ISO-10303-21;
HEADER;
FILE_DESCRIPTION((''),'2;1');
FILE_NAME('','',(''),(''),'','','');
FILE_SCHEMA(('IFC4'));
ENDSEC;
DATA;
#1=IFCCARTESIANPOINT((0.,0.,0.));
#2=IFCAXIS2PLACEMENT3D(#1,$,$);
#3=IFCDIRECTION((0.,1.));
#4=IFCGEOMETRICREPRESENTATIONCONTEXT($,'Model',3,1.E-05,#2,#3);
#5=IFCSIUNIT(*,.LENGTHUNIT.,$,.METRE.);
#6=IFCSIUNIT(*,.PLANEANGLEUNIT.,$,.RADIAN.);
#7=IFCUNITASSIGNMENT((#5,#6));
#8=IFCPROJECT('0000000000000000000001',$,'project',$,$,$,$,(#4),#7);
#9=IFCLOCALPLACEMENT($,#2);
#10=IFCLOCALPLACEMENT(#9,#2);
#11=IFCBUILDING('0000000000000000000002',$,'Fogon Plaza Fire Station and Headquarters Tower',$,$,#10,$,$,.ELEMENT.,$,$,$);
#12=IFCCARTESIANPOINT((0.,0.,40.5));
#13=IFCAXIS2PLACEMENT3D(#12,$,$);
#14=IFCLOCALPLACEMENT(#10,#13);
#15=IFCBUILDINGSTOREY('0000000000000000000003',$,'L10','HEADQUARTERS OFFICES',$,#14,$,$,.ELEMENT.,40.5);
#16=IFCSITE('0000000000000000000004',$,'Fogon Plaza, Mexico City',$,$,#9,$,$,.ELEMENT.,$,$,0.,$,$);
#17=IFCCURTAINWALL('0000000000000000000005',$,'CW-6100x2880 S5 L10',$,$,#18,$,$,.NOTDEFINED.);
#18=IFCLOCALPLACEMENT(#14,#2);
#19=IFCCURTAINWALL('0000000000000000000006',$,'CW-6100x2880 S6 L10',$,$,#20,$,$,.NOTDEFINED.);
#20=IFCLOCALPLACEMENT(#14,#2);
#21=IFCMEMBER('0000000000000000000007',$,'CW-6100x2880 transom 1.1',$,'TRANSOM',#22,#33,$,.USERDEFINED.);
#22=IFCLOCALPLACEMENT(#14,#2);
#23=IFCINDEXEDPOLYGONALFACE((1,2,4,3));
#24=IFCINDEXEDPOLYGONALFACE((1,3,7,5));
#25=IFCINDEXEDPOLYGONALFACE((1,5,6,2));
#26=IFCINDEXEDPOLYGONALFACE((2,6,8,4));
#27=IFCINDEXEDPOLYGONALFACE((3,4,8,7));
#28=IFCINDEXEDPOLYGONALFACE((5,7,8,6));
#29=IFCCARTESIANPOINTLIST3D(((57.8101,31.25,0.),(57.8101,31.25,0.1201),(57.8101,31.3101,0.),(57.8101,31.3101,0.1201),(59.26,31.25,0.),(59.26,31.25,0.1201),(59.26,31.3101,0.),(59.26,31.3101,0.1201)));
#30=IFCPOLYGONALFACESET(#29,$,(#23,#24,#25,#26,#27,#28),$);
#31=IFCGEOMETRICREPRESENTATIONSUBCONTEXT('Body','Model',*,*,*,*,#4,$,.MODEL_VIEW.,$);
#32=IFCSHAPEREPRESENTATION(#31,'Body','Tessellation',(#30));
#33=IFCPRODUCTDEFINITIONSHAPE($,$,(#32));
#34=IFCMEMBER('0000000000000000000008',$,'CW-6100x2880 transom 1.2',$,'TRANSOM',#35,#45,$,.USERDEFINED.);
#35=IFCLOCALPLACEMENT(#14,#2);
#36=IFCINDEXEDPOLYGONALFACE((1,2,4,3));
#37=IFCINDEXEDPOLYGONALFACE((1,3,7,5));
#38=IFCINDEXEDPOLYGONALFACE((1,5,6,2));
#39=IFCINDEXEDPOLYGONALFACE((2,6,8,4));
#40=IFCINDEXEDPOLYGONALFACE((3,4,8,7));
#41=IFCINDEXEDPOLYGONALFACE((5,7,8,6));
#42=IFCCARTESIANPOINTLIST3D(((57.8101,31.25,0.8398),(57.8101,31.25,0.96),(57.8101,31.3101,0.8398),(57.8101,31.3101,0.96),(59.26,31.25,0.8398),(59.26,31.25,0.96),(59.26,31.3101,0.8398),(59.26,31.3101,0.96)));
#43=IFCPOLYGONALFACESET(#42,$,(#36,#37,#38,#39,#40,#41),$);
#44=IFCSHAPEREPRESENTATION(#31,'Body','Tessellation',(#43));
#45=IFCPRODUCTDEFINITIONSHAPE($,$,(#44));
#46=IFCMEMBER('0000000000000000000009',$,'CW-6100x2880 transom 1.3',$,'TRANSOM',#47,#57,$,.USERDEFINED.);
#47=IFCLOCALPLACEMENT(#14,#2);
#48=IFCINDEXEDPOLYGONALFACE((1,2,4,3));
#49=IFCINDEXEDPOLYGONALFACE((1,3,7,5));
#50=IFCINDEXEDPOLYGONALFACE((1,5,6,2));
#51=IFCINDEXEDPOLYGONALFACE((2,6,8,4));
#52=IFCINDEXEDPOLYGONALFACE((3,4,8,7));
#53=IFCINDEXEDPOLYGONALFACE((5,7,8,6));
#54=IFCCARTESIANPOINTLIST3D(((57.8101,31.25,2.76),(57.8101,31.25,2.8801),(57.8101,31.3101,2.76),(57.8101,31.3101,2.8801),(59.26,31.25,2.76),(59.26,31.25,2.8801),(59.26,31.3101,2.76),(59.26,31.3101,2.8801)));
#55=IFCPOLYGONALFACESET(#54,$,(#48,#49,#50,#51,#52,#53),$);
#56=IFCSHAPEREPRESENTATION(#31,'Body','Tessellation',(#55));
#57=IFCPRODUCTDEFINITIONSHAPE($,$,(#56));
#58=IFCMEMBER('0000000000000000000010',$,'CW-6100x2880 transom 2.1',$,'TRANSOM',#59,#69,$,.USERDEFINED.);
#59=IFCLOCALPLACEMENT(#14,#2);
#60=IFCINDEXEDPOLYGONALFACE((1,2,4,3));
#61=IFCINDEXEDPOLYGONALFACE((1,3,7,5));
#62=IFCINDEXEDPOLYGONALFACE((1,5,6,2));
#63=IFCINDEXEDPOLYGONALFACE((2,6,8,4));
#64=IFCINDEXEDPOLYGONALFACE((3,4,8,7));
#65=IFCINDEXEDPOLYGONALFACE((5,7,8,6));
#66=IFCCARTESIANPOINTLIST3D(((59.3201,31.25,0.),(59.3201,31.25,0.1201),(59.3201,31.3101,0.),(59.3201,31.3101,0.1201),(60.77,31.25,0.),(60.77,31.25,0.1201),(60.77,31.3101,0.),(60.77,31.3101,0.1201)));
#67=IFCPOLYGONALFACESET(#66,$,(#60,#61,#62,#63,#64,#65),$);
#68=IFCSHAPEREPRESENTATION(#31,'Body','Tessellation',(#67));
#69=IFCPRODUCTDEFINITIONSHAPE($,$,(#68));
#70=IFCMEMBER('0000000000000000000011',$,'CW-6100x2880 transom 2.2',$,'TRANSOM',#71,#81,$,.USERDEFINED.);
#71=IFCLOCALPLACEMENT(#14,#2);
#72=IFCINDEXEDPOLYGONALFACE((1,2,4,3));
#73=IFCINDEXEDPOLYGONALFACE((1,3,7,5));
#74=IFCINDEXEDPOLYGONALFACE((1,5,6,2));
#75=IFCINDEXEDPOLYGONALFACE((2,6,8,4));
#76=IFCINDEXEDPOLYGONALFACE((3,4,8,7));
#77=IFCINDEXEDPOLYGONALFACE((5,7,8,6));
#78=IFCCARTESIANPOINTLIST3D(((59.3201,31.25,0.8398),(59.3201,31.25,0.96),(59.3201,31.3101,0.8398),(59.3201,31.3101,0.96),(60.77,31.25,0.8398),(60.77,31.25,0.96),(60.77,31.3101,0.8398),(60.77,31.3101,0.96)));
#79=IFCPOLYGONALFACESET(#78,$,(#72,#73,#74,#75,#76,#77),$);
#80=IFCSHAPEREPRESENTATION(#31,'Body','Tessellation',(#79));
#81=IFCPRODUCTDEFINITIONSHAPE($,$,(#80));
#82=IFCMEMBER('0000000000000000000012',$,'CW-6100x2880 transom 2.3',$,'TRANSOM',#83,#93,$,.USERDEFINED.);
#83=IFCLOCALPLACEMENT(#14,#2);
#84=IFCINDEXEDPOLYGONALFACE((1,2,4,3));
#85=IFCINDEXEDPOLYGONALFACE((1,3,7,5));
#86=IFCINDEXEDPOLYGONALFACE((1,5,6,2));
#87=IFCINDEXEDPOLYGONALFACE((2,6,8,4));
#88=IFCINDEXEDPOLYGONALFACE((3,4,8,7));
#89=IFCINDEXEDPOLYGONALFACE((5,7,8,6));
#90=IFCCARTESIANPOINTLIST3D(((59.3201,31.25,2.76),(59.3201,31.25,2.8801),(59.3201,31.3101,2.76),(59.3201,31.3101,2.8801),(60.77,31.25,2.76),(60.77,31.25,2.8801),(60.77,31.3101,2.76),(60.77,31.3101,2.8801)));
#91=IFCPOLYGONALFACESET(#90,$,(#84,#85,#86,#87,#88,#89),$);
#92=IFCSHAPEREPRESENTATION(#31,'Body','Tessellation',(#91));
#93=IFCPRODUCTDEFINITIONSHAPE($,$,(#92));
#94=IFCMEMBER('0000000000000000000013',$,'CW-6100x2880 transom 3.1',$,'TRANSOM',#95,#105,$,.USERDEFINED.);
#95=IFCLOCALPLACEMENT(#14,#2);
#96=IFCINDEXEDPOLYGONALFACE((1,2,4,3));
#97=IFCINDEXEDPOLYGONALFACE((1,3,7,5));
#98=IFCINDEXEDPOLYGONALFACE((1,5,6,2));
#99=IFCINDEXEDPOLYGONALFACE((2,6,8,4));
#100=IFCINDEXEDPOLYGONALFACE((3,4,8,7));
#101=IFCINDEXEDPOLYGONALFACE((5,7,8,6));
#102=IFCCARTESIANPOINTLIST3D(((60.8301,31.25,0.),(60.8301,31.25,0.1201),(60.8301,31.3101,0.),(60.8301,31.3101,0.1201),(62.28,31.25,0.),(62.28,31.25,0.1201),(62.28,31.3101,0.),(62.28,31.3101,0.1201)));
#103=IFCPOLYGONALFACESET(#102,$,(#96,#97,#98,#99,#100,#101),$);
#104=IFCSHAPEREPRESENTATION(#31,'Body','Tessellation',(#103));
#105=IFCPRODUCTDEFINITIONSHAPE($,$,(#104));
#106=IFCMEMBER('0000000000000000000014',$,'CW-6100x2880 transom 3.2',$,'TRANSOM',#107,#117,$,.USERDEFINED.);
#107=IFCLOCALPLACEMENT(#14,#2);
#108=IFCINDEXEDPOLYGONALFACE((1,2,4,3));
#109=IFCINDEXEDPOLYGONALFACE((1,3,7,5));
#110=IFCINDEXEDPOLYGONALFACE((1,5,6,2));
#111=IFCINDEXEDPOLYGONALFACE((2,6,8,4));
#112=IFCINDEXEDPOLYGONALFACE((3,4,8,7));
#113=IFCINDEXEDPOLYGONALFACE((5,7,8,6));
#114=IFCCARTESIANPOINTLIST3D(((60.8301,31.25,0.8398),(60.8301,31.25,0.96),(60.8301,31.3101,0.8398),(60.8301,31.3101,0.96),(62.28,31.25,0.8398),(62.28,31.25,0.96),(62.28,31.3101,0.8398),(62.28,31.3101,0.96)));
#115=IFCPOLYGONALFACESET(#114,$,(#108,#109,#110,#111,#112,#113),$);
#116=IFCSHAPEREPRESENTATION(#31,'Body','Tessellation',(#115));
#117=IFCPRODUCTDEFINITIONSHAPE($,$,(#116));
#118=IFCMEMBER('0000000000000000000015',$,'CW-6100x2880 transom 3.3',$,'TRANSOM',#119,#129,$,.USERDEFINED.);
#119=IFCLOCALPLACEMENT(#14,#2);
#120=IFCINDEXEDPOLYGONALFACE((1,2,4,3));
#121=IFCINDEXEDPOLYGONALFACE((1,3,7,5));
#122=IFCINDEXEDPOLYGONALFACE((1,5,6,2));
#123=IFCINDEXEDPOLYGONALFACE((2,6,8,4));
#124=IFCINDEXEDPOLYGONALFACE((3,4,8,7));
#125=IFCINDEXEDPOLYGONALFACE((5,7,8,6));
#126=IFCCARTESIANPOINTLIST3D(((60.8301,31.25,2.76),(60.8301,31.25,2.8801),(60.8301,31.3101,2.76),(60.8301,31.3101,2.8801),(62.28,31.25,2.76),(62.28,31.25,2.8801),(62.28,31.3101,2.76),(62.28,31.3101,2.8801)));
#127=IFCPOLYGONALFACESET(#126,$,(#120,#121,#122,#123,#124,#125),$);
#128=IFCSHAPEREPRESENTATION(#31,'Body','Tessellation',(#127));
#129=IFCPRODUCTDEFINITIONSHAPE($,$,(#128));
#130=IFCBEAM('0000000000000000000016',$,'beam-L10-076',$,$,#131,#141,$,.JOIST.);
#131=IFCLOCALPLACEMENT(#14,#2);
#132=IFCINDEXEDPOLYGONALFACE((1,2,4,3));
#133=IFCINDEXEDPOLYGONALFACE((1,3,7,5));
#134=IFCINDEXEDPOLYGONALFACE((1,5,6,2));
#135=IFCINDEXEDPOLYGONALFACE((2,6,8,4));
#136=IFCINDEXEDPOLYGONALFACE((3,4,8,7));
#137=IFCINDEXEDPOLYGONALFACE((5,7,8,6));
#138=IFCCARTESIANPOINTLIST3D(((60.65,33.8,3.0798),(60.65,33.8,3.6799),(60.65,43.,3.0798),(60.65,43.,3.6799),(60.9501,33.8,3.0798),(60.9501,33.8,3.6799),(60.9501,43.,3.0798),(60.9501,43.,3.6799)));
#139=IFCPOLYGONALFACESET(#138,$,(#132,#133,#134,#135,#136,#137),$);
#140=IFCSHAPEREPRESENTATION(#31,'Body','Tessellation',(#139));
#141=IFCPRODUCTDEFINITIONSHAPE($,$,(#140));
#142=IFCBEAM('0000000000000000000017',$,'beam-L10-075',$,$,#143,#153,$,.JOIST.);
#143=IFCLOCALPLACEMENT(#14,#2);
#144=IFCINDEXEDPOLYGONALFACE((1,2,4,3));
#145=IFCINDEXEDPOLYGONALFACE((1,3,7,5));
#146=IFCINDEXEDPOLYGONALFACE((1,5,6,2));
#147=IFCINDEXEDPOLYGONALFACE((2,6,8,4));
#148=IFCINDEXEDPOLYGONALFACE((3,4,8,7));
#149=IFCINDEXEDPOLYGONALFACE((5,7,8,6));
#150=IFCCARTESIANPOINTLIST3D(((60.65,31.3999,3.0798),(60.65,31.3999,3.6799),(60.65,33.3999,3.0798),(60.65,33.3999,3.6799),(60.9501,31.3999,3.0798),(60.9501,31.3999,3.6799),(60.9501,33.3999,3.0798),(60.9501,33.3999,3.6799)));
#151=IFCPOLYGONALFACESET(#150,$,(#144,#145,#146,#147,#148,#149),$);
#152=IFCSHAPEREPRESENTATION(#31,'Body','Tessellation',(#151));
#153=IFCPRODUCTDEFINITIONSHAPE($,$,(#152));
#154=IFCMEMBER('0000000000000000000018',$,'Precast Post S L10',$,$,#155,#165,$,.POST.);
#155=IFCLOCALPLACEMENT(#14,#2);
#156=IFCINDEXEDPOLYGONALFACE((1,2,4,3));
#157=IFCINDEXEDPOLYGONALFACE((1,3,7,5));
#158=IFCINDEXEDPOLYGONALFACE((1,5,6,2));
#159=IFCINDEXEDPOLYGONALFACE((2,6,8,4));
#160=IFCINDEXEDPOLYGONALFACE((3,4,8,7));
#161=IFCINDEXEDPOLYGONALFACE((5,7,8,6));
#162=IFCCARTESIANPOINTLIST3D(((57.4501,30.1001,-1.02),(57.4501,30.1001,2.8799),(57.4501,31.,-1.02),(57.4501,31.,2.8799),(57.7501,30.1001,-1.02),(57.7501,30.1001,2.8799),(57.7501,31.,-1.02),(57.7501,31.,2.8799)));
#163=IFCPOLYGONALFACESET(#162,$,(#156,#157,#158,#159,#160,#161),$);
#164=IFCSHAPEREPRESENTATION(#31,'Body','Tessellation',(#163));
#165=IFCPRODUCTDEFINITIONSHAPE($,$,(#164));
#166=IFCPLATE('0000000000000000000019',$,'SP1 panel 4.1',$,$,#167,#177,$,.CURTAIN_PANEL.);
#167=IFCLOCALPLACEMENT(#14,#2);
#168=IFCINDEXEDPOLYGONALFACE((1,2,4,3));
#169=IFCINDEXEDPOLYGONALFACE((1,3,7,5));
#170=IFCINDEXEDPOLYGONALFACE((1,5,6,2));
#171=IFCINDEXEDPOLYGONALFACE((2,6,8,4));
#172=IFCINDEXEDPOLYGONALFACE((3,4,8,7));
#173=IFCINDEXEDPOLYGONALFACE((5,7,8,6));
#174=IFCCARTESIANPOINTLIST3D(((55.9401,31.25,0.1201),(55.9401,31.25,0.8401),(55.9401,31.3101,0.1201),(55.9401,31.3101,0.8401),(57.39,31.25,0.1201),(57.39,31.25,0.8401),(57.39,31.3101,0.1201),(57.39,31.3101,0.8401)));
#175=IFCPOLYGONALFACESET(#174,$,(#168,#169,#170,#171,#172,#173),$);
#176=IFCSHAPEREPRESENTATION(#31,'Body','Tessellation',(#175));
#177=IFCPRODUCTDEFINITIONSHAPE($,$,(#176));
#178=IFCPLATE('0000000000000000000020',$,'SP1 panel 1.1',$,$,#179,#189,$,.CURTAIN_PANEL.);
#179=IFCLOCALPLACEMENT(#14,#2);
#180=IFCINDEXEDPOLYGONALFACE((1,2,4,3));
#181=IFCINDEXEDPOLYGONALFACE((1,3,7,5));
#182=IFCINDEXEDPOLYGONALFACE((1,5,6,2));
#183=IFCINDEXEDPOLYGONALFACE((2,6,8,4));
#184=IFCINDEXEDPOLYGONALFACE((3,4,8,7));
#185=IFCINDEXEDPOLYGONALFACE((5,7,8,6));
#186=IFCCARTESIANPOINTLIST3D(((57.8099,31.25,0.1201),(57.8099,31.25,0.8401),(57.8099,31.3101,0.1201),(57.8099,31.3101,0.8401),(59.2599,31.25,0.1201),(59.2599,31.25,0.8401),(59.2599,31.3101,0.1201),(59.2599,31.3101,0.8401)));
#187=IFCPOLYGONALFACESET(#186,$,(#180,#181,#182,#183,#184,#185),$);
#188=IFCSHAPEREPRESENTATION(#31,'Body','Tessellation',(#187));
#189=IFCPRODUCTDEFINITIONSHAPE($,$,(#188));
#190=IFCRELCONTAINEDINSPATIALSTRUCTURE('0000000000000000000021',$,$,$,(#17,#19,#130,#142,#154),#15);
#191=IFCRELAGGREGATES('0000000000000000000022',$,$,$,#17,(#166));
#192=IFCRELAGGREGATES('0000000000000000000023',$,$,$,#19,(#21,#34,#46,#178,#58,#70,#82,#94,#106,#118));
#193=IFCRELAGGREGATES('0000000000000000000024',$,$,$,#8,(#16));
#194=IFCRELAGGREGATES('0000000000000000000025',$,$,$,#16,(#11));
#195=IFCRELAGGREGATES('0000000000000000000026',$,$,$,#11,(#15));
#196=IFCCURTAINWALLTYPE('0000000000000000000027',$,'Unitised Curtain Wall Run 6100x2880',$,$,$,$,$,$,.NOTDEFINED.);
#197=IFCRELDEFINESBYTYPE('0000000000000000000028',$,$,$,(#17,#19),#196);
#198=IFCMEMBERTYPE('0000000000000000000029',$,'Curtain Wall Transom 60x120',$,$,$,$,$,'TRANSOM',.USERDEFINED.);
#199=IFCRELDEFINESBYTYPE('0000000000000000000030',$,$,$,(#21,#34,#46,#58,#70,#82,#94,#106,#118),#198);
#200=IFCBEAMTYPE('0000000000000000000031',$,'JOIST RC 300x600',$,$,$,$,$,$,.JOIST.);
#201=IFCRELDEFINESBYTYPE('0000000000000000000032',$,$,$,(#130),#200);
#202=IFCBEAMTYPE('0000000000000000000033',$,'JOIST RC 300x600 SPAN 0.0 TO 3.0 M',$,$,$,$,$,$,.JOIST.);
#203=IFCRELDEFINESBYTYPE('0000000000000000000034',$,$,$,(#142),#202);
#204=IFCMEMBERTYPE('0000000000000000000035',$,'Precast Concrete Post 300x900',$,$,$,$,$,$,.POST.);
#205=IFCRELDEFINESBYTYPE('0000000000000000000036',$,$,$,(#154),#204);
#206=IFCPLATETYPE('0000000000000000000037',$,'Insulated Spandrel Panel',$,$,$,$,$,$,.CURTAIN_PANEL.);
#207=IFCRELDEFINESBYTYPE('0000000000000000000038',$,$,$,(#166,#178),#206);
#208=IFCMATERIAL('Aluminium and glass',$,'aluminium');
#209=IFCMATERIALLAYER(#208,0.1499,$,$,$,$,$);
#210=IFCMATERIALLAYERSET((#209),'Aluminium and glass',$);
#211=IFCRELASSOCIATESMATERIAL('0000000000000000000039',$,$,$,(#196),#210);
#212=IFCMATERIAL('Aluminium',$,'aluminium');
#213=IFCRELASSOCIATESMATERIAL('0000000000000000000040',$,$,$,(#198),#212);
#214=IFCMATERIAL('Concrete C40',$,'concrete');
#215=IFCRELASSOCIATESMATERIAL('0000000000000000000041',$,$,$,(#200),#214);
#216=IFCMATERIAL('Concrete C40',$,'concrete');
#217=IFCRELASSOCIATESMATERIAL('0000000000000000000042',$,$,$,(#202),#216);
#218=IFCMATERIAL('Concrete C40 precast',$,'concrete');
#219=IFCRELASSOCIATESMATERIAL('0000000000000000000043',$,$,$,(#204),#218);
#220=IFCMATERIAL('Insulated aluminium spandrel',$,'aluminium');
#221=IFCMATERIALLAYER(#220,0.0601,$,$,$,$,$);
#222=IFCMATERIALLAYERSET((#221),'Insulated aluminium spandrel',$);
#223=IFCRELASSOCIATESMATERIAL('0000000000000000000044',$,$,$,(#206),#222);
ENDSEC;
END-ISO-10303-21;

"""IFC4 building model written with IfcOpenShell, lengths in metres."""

from ifc_helpers import new_model, si_unit, direction, frame, origin, origin_2d, place, context, subcontext, project, spatial, rectangle, extrude, material, layer, layer_set, material_profile, profile_set, type_object, element, aggregate, save


model = new_model("IFC4")

# Units and contexts
model_context = context("Model", 3, precision=1e-05, world=origin(), true_north=direction((0.0, 1.0)))
body_context = subcontext(model_context, "Body", "Model", "MODEL_VIEW")
ifc_project = project(units=[si_unit("LENGTHUNIT", "METRE"), si_unit("PLANEANGLEUNIT", "RADIAN")], contexts=[model_context])

# Site, building, storey
site_placement = place(None, origin())
site = spatial("IfcSite", under=ifc_project, at=site_placement, Name="Fogon Plaza, Mexico City", CompositionType="ELEMENT", RefElevation=0.0)
building_placement = place(site_placement, origin())
building = spatial("IfcBuilding", under=site, at=building_placement, Name="Fogon Plaza Fire Station and Headquarters Tower", CompositionType="ELEMENT")
storey_placement = place(building_placement, frame((0.0, 0.0, 40.5)))
storey = spatial("IfcBuildingStorey", under=building, at=storey_placement, Name="L10", Description="HEADQUARTERS OFFICES", CompositionType="ELEMENT", Elevation=40.5)

# Curtain walls
ifc_material_1 = material(Name="Aluminium and glass", Category="aluminium")
ifc_layer_1 = layer(ifc_material_1, 0.1499)
ifc_layer_set_1 = layer_set([ifc_layer_1], Name="Aluminium and glass")
curtain_wall_type = type_object("IfcCurtainWallType", Name="Unitised Curtain Wall Run 6100x2880", PredefinedType="NOTDEFINED", material=ifc_layer_set_1)
curtain_wall_1_placement = place(storey_placement, origin())
curtain_wall_1 = element("IfcCurtainWall", 1, at=curtain_wall_1_placement, inside=storey, type_object=curtain_wall_type, Name="CW-6100x2880 S5 L10", PredefinedType="NOTDEFINED")
curtain_wall_2_placement = place(storey_placement, origin())
curtain_wall_2 = element("IfcCurtainWall", 2, at=curtain_wall_2_placement, inside=storey, type_object=curtain_wall_type, Name="CW-6100x2880 S6 L10", PredefinedType="NOTDEFINED")

# Members
ifc_material_2 = material(Name="Aluminium", Category="aluminium")
ifc_material_profile_1 = material_profile(ifc_material_2, rectangle(XDim=0.0601, YDim=0.1201, at=origin_2d()), Name="Curtain Wall Transom 60x120")
ifc_profile_set_1 = profile_set([ifc_material_profile_1], Name="Aluminium")
member_type_1 = type_object("IfcMemberType", Name="Curtain Wall Transom 60x120", ElementType="TRANSOM", PredefinedType="USERDEFINED", material=ifc_profile_set_1)
member_1_placement = place(storey_placement, frame((57.8101, 31.28, 0.0601), z_axis=(1.0, 0.0, 0.0), x_axis=(0.0, 1.0, 0.0)))
member_1 = element("IfcMember", 3, at=member_1_placement, type_object=member_type_1, Name="CW-6100x2880 transom 1.1", ObjectType="TRANSOM", PredefinedType="USERDEFINED", context=body_context, shape_type="SweptSolid", body=[
    extrude(rectangle(XDim=0.0601, YDim=0.1201, at=origin_2d()), origin(), (0.0, 0.0, 1.0), 1.45),
])
member_2_placement = place(storey_placement, frame((57.8101, 31.28, 0.8999), z_axis=(1.0, 0.0, 0.0), x_axis=(0.0, 1.0, 0.0)))
member_2 = element("IfcMember", 4, at=member_2_placement, type_object=member_type_1, Name="CW-6100x2880 transom 1.2", ObjectType="TRANSOM", PredefinedType="USERDEFINED", context=body_context, shape_type="SweptSolid", body=[
    extrude(rectangle(XDim=0.0601, YDim=0.1201, at=origin_2d()), origin(), (0.0, 0.0, 1.0), 1.45),
])
member_3_placement = place(storey_placement, frame((57.8101, 31.28, 2.8201), z_axis=(1.0, 0.0, 0.0), x_axis=(0.0, 1.0, 0.0)))
member_3 = element("IfcMember", 5, at=member_3_placement, type_object=member_type_1, Name="CW-6100x2880 transom 1.3", ObjectType="TRANSOM", PredefinedType="USERDEFINED", context=body_context, shape_type="SweptSolid", body=[
    extrude(rectangle(XDim=0.0601, YDim=0.1201, at=origin_2d()), origin(), (0.0, 0.0, 1.0), 1.45),
])
member_4_placement = place(storey_placement, frame((59.3201, 31.28, 0.0601), z_axis=(1.0, 0.0, 0.0), x_axis=(0.0, 1.0, 0.0)))
member_4 = element("IfcMember", 6, at=member_4_placement, type_object=member_type_1, Name="CW-6100x2880 transom 2.1", ObjectType="TRANSOM", PredefinedType="USERDEFINED", context=body_context, shape_type="SweptSolid", body=[
    extrude(rectangle(XDim=0.0601, YDim=0.1201, at=origin_2d()), origin(), (0.0, 0.0, 1.0), 1.45),
])
member_5_placement = place(storey_placement, frame((59.3201, 31.28, 0.8999), z_axis=(1.0, 0.0, 0.0), x_axis=(0.0, 1.0, 0.0)))
member_5 = element("IfcMember", 7, at=member_5_placement, type_object=member_type_1, Name="CW-6100x2880 transom 2.2", ObjectType="TRANSOM", PredefinedType="USERDEFINED", context=body_context, shape_type="SweptSolid", body=[
    extrude(rectangle(XDim=0.0601, YDim=0.1201, at=origin_2d()), origin(), (0.0, 0.0, 1.0), 1.45),
])
member_6_placement = place(storey_placement, frame((59.3201, 31.28, 2.8201), z_axis=(1.0, 0.0, 0.0), x_axis=(0.0, 1.0, 0.0)))
member_6 = element("IfcMember", 8, at=member_6_placement, type_object=member_type_1, Name="CW-6100x2880 transom 2.3", ObjectType="TRANSOM", PredefinedType="USERDEFINED", context=body_context, shape_type="SweptSolid", body=[
    extrude(rectangle(XDim=0.0601, YDim=0.1201, at=origin_2d()), origin(), (0.0, 0.0, 1.0), 1.45),
])
member_7_placement = place(storey_placement, frame((60.8301, 31.28, 0.0601), z_axis=(1.0, 0.0, 0.0), x_axis=(0.0, 1.0, 0.0)))
member_7 = element("IfcMember", 9, at=member_7_placement, type_object=member_type_1, Name="CW-6100x2880 transom 3.1", ObjectType="TRANSOM", PredefinedType="USERDEFINED", context=body_context, shape_type="SweptSolid", body=[
    extrude(rectangle(XDim=0.0601, YDim=0.1201, at=origin_2d()), origin(), (0.0, 0.0, 1.0), 1.45),
])
member_8_placement = place(storey_placement, frame((60.8301, 31.28, 0.8999), z_axis=(1.0, 0.0, 0.0), x_axis=(0.0, 1.0, 0.0)))
member_8 = element("IfcMember", 10, at=member_8_placement, type_object=member_type_1, Name="CW-6100x2880 transom 3.2", ObjectType="TRANSOM", PredefinedType="USERDEFINED", context=body_context, shape_type="SweptSolid", body=[
    extrude(rectangle(XDim=0.0601, YDim=0.1201, at=origin_2d()), origin(), (0.0, 0.0, 1.0), 1.45),
])
member_9_placement = place(storey_placement, frame((60.8301, 31.28, 2.8201), z_axis=(1.0, 0.0, 0.0), x_axis=(0.0, 1.0, 0.0)))
member_9 = element("IfcMember", 11, at=member_9_placement, type_object=member_type_1, Name="CW-6100x2880 transom 3.3", ObjectType="TRANSOM", PredefinedType="USERDEFINED", context=body_context, shape_type="SweptSolid", body=[
    extrude(rectangle(XDim=0.0601, YDim=0.1201, at=origin_2d()), origin(), (0.0, 0.0, 1.0), 1.45),
])

# Beams
ifc_material_3 = material(Name="Concrete C40", Category="concrete")
ifc_material_profile_2 = material_profile(ifc_material_3, rectangle(XDim=0.3, YDim=0.6001, at=origin_2d()), Name="RC 300x600")
ifc_profile_set_2 = profile_set([ifc_material_profile_2], Name="Concrete C40")
beam_type_1 = type_object("IfcBeamType", Name="JOIST RC 300x600", PredefinedType="JOIST", material=ifc_profile_set_2)
beam_1_placement = place(storey_placement, frame((60.8, 33.8, 3.3799), z_axis=(0.0, 1.0, 0.0), x_axis=(-1.0, 0.0, 0.0)))
element("IfcBeam", 12, at=beam_1_placement, inside=storey, type_object=beam_type_1, Name="beam-L10-076", PredefinedType="JOIST", context=body_context, shape_type="SweptSolid", body=[
    extrude(rectangle(XDim=0.3, YDim=0.6001, at=origin_2d()), origin(), (0.0, 0.0, 1.0), 9.2),
])
ifc_material_4 = material(Name="Concrete C40", Category="concrete")
ifc_material_profile_3 = material_profile(ifc_material_4, rectangle(XDim=0.3, YDim=0.6001, at=origin_2d()), Name="RC 300x600")
ifc_profile_set_3 = profile_set([ifc_material_profile_3], Name="Concrete C40")
beam_type_2 = type_object("IfcBeamType", Name="JOIST RC 300x600 SPAN 0.0 TO 3.0 M", PredefinedType="JOIST", material=ifc_profile_set_3)
beam_2_placement = place(storey_placement, frame((60.8, 31.3999, 3.3799), z_axis=(0.0, 1.0, 0.0), x_axis=(-1.0, 0.0, 0.0)))
element("IfcBeam", 13, at=beam_2_placement, inside=storey, type_object=beam_type_2, Name="beam-L10-075", PredefinedType="JOIST", context=body_context, shape_type="SweptSolid", body=[
    extrude(rectangle(XDim=0.3, YDim=0.6001, at=origin_2d()), origin(), (0.0, 0.0, 1.0), 2.0),
])

# Member
ifc_material_5 = material(Name="Concrete C40 precast", Category="concrete")
ifc_material_profile_4 = material_profile(ifc_material_5, rectangle(XDim=0.3, YDim=0.8999, at=origin_2d()), Name="Precast Concrete Post 300x900")
ifc_profile_set_4 = profile_set([ifc_material_profile_4], Name="Concrete C40 precast")
member_type_2 = type_object("IfcMemberType", Name="Precast Concrete Post 300x900", PredefinedType="POST", material=ifc_profile_set_4)
member_10_placement = place(storey_placement, frame((57.6001, 30.55, -1.02), z_axis=(0.0, 0.0, 1.0), x_axis=(1.0, 0.0, 0.0)))
element("IfcMember", 14, at=member_10_placement, inside=storey, type_object=member_type_2, Name="Precast Post S L10", PredefinedType="POST", context=body_context, shape_type="SweptSolid", body=[
    extrude(rectangle(XDim=0.3, YDim=0.8999, at=origin_2d()), origin(), (0.0, 0.0, 1.0), 3.8999),
])

# Plates
ifc_material_6 = material(Name="Insulated aluminium spandrel", Category="aluminium")
ifc_layer_2 = layer(ifc_material_6, 0.0601)
ifc_layer_set_2 = layer_set([ifc_layer_2], Name="Insulated aluminium spandrel")
plate_type_1 = type_object("IfcPlateType", Name="Insulated Spandrel Panel", PredefinedType="CURTAIN_PANEL", material=ifc_layer_set_2)
plate_1_placement = place(storey_placement, frame((56.665, 31.28, 0.1201), z_axis=(0.0, 0.0, 1.0), x_axis=(1.0, 0.0, 0.0)))
plate_1 = element("IfcPlate", 15, at=plate_1_placement, type_object=plate_type_1, Name="SP1 panel 4.1", PredefinedType="CURTAIN_PANEL", context=body_context, shape_type="SweptSolid", body=[
    extrude(rectangle(XDim=1.45, YDim=0.0601, at=origin_2d()), origin(), (0.0, 0.0, 1.0), 0.72),
])
plate_2_placement = place(storey_placement, frame((58.5349, 31.28, 0.1201), z_axis=(0.0, 0.0, 1.0), x_axis=(1.0, 0.0, 0.0)))
plate_2 = element("IfcPlate", 16, at=plate_2_placement, type_object=plate_type_1, Name="SP1 panel 1.1", PredefinedType="CURTAIN_PANEL", context=body_context, shape_type="SweptSolid", body=[
    extrude(rectangle(XDim=1.45, YDim=0.0601, at=origin_2d()), origin(), (0.0, 0.0, 1.0), 0.72),
])
aggregate(curtain_wall_1, [plate_1])
aggregate(curtain_wall_2, [member_1, member_2, member_3, plate_2, member_4, member_5, member_6, member_7, member_8, member_9])

save(model, "model.ifc")
